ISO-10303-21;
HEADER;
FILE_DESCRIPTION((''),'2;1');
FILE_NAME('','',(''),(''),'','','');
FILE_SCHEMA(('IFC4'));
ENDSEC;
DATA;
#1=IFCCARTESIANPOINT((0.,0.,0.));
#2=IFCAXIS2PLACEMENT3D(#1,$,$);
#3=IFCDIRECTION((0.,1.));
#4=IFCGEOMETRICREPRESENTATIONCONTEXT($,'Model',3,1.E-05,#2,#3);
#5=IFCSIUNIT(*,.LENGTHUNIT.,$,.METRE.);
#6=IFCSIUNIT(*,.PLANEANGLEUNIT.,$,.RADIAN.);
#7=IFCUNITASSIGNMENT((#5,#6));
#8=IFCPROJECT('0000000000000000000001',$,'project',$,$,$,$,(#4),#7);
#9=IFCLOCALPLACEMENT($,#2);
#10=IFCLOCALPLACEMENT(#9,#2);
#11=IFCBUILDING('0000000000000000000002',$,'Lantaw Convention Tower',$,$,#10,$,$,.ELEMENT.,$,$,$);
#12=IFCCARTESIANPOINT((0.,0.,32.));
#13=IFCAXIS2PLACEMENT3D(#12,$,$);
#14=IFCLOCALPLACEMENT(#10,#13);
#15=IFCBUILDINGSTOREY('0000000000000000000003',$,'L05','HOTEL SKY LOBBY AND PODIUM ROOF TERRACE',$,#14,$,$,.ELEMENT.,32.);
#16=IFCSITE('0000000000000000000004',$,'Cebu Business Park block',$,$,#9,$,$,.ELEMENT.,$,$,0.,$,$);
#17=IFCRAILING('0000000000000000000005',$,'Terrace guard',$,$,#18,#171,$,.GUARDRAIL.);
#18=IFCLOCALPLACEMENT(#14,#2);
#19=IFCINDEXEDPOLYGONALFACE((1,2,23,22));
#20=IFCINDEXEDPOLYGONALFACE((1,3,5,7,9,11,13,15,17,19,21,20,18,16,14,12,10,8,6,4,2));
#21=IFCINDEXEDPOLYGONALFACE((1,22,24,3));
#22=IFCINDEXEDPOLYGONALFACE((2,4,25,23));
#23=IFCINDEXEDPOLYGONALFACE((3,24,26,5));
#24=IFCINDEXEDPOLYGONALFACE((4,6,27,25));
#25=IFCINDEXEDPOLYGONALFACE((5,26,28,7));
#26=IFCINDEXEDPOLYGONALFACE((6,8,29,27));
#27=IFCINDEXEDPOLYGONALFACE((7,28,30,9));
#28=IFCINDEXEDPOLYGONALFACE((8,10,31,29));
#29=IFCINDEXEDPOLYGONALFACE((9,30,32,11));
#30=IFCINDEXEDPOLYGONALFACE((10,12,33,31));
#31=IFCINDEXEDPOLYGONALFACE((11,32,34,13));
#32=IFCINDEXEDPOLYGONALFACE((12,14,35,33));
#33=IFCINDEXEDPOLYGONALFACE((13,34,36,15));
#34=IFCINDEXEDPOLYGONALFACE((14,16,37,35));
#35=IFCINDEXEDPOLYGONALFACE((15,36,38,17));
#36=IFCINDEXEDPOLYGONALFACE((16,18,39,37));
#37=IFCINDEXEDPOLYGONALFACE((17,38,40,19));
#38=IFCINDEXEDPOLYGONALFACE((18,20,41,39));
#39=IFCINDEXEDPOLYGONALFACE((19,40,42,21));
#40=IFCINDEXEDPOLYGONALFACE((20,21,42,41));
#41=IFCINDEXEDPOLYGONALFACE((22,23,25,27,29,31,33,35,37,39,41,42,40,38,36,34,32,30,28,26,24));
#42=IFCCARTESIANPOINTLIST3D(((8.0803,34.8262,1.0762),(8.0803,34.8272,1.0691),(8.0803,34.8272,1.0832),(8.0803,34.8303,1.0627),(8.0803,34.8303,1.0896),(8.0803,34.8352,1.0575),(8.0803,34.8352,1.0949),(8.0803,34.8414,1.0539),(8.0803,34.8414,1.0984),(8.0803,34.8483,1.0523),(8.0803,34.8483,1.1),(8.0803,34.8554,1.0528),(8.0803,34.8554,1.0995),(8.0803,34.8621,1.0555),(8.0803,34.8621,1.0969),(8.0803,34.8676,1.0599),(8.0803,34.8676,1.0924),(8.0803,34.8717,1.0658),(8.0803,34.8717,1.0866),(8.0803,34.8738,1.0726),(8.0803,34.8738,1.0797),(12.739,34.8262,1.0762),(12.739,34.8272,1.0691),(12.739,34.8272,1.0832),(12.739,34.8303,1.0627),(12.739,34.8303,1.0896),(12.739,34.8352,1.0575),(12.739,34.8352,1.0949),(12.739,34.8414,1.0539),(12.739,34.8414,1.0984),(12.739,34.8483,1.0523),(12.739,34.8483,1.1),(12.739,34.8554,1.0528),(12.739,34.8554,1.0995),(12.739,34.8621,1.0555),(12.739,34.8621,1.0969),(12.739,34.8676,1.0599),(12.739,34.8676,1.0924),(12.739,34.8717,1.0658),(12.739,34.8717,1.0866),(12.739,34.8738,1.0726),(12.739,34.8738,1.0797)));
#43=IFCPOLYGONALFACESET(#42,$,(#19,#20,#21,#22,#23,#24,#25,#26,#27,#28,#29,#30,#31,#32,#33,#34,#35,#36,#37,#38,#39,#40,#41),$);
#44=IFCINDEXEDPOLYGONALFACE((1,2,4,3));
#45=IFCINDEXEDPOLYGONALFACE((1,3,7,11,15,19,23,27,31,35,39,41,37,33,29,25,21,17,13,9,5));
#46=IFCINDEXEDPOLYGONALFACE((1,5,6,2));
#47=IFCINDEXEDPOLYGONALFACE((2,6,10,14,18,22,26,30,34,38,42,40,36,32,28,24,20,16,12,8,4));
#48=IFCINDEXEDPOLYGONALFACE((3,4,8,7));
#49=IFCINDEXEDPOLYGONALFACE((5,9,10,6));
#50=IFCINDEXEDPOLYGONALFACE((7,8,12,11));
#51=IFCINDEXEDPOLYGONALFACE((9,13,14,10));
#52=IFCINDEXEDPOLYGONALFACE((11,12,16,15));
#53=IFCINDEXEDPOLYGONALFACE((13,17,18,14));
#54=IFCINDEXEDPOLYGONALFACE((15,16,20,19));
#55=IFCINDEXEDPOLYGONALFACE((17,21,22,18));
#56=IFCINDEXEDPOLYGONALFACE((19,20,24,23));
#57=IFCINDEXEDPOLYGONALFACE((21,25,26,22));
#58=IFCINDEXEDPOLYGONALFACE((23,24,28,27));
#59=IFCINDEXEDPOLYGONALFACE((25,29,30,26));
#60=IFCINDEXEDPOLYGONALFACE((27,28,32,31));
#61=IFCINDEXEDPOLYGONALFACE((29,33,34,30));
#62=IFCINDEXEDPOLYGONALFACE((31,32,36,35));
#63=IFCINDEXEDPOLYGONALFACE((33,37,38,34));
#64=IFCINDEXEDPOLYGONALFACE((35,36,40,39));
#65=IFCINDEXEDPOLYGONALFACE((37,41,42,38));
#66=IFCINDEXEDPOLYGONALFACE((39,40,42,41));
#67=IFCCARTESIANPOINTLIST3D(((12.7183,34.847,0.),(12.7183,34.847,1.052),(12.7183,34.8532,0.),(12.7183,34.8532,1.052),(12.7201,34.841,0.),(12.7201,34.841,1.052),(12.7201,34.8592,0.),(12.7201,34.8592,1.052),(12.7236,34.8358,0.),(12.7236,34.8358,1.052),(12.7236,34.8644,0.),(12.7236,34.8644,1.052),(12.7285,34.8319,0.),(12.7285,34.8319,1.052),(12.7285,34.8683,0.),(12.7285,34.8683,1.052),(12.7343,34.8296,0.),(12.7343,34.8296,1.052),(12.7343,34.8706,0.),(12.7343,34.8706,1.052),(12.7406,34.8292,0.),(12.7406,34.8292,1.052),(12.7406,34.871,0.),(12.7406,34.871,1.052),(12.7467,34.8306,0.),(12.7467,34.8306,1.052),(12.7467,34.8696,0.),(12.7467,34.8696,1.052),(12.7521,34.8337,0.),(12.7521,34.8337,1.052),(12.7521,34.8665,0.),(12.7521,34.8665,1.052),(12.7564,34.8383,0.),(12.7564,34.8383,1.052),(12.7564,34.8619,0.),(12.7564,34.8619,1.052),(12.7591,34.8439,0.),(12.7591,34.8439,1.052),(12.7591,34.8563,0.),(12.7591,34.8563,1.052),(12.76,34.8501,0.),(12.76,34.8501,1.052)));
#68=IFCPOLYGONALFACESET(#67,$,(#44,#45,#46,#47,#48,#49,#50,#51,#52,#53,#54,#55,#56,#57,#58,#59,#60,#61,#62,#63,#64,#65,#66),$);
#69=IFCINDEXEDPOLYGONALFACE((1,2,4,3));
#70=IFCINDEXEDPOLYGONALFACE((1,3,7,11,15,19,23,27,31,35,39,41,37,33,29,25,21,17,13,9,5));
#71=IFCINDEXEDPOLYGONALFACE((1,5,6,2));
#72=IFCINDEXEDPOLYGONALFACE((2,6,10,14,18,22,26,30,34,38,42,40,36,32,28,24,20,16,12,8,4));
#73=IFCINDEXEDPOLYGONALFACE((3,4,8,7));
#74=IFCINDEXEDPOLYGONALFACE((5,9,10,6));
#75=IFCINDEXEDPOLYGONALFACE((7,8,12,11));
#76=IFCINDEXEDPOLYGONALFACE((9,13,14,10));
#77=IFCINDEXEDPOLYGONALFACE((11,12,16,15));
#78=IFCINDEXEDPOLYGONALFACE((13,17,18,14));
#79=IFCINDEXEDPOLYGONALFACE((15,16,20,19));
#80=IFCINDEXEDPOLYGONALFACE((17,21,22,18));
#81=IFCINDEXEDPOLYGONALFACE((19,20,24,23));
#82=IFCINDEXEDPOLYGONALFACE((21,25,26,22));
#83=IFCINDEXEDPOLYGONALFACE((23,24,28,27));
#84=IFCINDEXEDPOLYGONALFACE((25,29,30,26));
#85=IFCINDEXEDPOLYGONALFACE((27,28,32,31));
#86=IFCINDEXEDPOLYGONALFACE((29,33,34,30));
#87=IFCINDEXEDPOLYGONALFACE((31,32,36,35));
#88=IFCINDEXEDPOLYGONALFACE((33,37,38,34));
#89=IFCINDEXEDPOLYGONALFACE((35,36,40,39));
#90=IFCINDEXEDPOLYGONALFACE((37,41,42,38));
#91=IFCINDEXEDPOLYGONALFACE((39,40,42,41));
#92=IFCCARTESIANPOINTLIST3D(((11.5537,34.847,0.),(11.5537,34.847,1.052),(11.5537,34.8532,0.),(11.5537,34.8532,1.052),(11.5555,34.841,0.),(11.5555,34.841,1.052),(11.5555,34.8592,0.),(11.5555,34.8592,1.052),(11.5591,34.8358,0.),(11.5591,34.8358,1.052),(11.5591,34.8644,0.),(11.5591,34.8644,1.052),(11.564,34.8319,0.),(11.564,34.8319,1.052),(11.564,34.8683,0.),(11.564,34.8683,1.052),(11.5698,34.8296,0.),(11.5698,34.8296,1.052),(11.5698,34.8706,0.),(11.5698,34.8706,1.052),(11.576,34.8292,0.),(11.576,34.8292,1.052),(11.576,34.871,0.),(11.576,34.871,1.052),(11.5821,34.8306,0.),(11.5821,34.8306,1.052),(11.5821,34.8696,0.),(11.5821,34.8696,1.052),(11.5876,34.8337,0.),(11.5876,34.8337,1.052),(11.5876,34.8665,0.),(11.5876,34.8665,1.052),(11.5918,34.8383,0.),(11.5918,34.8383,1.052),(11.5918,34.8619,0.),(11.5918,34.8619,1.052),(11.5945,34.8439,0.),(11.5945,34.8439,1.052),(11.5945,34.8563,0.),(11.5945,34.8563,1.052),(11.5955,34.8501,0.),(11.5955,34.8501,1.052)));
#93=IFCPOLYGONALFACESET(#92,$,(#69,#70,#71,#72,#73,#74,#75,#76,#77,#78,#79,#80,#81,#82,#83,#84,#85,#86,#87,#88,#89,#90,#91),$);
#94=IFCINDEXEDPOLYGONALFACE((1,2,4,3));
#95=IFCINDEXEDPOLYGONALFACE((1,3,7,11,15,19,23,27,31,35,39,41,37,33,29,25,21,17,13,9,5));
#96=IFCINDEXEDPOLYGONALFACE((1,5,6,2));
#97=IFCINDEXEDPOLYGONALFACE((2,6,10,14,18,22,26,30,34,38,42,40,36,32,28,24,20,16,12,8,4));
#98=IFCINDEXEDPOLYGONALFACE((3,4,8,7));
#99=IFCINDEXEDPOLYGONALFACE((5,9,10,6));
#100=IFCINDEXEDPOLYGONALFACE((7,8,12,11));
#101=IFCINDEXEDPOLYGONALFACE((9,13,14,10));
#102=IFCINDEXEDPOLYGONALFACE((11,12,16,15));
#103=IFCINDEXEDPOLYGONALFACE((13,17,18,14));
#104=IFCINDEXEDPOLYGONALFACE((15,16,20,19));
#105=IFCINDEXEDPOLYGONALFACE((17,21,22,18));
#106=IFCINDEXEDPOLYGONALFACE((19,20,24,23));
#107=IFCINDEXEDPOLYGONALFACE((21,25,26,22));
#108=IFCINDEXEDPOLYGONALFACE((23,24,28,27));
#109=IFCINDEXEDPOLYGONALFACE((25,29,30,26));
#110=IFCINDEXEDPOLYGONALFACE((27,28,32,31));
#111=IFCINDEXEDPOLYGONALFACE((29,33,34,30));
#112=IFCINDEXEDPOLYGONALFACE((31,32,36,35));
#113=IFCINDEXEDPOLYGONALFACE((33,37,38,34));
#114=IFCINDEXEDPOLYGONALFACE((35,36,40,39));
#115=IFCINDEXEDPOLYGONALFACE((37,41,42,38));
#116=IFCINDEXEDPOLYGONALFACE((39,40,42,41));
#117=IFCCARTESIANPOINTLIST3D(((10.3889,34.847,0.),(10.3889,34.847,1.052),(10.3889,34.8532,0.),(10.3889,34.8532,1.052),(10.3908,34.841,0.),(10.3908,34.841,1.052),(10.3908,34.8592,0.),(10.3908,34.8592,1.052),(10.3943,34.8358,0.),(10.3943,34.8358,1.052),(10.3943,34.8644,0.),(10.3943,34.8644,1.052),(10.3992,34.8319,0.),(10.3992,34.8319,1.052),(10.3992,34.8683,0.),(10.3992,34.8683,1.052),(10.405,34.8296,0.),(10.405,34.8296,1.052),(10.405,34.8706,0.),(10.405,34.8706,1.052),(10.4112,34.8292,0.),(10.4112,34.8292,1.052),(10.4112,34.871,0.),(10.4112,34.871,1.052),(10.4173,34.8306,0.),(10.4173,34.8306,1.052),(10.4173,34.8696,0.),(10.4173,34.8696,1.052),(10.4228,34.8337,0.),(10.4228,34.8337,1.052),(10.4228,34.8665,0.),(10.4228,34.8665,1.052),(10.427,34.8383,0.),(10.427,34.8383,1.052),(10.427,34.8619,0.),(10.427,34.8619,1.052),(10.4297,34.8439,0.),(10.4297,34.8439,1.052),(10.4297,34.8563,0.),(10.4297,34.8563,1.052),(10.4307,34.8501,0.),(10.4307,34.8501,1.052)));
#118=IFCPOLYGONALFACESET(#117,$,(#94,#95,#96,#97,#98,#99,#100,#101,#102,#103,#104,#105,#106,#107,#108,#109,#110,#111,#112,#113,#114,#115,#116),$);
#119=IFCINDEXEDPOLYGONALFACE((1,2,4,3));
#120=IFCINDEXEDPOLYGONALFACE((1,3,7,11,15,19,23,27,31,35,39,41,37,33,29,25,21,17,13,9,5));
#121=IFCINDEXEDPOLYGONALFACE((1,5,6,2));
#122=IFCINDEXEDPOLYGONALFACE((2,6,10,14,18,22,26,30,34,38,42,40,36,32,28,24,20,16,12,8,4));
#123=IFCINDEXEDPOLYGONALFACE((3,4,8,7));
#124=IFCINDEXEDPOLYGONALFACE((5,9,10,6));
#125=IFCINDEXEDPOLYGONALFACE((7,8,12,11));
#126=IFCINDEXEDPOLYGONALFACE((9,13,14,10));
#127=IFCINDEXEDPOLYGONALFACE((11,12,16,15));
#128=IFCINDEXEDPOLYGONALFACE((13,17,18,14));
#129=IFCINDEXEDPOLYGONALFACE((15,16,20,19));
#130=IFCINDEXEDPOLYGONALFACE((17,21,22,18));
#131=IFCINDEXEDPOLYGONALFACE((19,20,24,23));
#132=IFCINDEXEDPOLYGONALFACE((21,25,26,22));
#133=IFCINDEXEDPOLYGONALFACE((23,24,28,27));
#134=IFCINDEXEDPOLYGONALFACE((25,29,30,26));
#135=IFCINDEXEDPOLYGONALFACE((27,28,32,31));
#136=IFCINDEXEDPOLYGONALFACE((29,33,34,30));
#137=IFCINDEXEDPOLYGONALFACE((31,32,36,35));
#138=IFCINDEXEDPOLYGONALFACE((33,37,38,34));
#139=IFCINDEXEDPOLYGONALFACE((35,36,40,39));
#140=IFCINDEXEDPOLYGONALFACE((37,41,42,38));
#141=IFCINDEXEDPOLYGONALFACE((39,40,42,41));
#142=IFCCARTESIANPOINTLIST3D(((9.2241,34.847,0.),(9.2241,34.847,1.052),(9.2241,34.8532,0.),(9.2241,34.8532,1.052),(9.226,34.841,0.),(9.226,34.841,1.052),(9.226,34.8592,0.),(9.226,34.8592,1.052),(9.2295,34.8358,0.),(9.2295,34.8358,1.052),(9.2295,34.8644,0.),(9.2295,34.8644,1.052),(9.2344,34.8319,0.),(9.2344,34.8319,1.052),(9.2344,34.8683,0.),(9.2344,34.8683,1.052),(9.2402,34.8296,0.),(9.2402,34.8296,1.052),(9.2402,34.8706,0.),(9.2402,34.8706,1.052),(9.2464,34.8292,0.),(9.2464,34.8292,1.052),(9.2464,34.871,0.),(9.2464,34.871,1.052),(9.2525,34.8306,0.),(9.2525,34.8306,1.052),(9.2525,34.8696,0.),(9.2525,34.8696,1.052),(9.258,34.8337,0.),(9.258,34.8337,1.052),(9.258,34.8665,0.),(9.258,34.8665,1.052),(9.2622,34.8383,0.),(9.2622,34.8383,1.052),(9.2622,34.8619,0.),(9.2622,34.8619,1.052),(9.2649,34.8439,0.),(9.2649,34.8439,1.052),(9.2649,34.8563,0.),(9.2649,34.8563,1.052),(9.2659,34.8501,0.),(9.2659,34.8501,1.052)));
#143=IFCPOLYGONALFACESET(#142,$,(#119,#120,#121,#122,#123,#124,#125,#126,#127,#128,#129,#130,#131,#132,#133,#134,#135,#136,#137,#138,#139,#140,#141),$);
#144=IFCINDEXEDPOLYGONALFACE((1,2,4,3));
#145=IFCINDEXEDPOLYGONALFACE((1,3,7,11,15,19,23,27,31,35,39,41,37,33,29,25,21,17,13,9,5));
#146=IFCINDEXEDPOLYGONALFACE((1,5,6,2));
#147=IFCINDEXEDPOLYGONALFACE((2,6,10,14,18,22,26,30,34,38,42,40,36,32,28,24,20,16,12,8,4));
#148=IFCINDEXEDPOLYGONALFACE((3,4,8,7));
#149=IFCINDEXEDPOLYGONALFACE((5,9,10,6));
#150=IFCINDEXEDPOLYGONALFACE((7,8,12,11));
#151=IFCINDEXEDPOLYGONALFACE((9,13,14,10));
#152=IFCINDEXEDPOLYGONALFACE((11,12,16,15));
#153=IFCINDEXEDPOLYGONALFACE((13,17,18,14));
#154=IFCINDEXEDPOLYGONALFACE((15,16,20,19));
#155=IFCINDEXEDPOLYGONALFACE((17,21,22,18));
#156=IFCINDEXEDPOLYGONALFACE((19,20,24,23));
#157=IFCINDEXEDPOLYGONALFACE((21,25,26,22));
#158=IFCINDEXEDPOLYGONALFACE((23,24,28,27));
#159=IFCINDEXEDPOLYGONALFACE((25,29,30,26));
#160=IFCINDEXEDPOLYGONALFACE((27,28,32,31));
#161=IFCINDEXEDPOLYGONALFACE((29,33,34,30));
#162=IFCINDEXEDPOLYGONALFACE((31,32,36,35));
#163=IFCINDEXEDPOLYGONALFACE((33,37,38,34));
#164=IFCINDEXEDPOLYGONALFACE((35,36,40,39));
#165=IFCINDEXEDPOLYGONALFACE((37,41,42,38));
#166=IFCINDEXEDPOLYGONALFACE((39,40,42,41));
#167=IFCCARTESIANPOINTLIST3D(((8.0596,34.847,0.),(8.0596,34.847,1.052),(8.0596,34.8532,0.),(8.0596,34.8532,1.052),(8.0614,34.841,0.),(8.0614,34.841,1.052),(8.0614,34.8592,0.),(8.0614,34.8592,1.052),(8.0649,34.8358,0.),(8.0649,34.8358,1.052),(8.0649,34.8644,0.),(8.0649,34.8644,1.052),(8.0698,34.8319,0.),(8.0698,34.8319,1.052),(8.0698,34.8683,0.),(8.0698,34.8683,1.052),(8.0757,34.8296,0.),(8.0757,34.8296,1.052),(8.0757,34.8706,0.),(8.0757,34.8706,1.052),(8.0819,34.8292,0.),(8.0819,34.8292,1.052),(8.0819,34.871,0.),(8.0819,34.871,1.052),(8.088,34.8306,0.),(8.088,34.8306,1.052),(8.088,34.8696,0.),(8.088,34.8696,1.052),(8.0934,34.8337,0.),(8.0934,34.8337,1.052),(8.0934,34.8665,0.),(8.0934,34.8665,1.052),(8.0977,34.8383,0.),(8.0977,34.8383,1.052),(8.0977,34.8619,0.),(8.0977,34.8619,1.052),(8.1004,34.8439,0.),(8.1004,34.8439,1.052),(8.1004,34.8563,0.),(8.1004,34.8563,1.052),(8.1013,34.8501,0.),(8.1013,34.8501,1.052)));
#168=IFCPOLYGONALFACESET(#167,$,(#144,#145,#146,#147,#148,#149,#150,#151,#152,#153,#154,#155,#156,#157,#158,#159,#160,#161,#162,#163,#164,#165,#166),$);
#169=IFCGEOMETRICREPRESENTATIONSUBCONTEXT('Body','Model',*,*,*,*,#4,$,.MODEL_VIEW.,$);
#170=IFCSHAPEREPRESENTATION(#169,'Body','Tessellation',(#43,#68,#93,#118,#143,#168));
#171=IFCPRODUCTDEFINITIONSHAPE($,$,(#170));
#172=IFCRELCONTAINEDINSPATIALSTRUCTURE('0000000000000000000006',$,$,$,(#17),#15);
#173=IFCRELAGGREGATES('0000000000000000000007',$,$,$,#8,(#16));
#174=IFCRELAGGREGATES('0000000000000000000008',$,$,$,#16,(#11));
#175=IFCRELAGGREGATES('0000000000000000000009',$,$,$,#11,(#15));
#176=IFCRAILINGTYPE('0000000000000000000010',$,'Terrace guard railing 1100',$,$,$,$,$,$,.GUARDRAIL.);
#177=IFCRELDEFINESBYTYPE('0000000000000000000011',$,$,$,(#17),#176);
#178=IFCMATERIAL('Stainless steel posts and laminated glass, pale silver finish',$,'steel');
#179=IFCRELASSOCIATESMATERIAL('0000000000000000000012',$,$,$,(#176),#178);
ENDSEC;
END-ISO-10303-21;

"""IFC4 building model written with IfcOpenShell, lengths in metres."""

from ifc_helpers import new_model, si_unit, direction, frame, origin, origin_2d, place, context, subcontext, project, spatial, circle, extrude, material, type_object, element, save


model = new_model("IFC4")

# Units and contexts
model_context = context("Model", 3, precision=1e-05, world=origin(), true_north=direction((0.0, 1.0)))
body_context = subcontext(model_context, "Body", "Model", "MODEL_VIEW")
ifc_project = project(units=[si_unit("LENGTHUNIT", "METRE"), si_unit("PLANEANGLEUNIT", "RADIAN")], contexts=[model_context])

# Site, building, storey
site_placement = place(None, origin())
site = spatial("IfcSite", under=ifc_project, at=site_placement, Name="Cebu Business Park block", CompositionType="ELEMENT", RefElevation=0.0)
building_placement = place(site_placement, origin())
building = spatial("IfcBuilding", under=site, at=building_placement, Name="Lantaw Convention Tower", CompositionType="ELEMENT")
storey_placement = place(building_placement, frame((0.0, 0.0, 32.0)))
storey = spatial("IfcBuildingStorey", under=building, at=storey_placement, Name="L05", Description="HOTEL SKY LOBBY AND PODIUM ROOF TERRACE", CompositionType="ELEMENT", Elevation=32.0)

# Railing
ifc_material_1 = material(Name="Stainless steel posts and laminated glass, pale silver finish", Category="steel")
railing_type_1 = type_object("IfcRailingType", Name="Terrace guard railing 1100", PredefinedType="GUARDRAIL", material=ifc_material_1)
railing_1_placement = place(storey_placement, frame((12.739, 34.8501, 0.0)))
element("IfcRailing", 1, at=railing_1_placement, inside=storey, type_object=railing_type_1, Name="Terrace guard", PredefinedType="GUARDRAIL", context=body_context, shape_type="SweptSolid", body=[
    extrude(circle(Radius=0.0239, at=origin_2d()), frame((0.0, 0.0, 1.0762), z_axis=(-1.0, 0.0, 0.0), x_axis=(0.0, -1.0, 0.0)), (0.0, 0.0, 1.0), 4.6587),
    extrude(circle(Radius=0.021, at=origin_2d()), origin(), (0.0, 0.0, 1.0), 1.052),
    extrude(circle(Radius=0.021, at=origin_2d()), frame((-1.1646, 0.0, 0.0)), (0.0, 0.0, 1.0), 1.052),
    extrude(circle(Radius=0.021, at=origin_2d()), frame((-2.3293, 0.0, 0.0)), (0.0, 0.0, 1.0), 1.052),
    extrude(circle(Radius=0.021, at=origin_2d()), frame((-3.4941, 0.0, 0.0)), (0.0, 0.0, 1.0), 1.052),
    extrude(circle(Radius=0.021, at=origin_2d()), frame((-4.6587, 0.0, 0.0)), (0.0, 0.0, 1.0), 1.052),
])

save(model, "model.ifc")
